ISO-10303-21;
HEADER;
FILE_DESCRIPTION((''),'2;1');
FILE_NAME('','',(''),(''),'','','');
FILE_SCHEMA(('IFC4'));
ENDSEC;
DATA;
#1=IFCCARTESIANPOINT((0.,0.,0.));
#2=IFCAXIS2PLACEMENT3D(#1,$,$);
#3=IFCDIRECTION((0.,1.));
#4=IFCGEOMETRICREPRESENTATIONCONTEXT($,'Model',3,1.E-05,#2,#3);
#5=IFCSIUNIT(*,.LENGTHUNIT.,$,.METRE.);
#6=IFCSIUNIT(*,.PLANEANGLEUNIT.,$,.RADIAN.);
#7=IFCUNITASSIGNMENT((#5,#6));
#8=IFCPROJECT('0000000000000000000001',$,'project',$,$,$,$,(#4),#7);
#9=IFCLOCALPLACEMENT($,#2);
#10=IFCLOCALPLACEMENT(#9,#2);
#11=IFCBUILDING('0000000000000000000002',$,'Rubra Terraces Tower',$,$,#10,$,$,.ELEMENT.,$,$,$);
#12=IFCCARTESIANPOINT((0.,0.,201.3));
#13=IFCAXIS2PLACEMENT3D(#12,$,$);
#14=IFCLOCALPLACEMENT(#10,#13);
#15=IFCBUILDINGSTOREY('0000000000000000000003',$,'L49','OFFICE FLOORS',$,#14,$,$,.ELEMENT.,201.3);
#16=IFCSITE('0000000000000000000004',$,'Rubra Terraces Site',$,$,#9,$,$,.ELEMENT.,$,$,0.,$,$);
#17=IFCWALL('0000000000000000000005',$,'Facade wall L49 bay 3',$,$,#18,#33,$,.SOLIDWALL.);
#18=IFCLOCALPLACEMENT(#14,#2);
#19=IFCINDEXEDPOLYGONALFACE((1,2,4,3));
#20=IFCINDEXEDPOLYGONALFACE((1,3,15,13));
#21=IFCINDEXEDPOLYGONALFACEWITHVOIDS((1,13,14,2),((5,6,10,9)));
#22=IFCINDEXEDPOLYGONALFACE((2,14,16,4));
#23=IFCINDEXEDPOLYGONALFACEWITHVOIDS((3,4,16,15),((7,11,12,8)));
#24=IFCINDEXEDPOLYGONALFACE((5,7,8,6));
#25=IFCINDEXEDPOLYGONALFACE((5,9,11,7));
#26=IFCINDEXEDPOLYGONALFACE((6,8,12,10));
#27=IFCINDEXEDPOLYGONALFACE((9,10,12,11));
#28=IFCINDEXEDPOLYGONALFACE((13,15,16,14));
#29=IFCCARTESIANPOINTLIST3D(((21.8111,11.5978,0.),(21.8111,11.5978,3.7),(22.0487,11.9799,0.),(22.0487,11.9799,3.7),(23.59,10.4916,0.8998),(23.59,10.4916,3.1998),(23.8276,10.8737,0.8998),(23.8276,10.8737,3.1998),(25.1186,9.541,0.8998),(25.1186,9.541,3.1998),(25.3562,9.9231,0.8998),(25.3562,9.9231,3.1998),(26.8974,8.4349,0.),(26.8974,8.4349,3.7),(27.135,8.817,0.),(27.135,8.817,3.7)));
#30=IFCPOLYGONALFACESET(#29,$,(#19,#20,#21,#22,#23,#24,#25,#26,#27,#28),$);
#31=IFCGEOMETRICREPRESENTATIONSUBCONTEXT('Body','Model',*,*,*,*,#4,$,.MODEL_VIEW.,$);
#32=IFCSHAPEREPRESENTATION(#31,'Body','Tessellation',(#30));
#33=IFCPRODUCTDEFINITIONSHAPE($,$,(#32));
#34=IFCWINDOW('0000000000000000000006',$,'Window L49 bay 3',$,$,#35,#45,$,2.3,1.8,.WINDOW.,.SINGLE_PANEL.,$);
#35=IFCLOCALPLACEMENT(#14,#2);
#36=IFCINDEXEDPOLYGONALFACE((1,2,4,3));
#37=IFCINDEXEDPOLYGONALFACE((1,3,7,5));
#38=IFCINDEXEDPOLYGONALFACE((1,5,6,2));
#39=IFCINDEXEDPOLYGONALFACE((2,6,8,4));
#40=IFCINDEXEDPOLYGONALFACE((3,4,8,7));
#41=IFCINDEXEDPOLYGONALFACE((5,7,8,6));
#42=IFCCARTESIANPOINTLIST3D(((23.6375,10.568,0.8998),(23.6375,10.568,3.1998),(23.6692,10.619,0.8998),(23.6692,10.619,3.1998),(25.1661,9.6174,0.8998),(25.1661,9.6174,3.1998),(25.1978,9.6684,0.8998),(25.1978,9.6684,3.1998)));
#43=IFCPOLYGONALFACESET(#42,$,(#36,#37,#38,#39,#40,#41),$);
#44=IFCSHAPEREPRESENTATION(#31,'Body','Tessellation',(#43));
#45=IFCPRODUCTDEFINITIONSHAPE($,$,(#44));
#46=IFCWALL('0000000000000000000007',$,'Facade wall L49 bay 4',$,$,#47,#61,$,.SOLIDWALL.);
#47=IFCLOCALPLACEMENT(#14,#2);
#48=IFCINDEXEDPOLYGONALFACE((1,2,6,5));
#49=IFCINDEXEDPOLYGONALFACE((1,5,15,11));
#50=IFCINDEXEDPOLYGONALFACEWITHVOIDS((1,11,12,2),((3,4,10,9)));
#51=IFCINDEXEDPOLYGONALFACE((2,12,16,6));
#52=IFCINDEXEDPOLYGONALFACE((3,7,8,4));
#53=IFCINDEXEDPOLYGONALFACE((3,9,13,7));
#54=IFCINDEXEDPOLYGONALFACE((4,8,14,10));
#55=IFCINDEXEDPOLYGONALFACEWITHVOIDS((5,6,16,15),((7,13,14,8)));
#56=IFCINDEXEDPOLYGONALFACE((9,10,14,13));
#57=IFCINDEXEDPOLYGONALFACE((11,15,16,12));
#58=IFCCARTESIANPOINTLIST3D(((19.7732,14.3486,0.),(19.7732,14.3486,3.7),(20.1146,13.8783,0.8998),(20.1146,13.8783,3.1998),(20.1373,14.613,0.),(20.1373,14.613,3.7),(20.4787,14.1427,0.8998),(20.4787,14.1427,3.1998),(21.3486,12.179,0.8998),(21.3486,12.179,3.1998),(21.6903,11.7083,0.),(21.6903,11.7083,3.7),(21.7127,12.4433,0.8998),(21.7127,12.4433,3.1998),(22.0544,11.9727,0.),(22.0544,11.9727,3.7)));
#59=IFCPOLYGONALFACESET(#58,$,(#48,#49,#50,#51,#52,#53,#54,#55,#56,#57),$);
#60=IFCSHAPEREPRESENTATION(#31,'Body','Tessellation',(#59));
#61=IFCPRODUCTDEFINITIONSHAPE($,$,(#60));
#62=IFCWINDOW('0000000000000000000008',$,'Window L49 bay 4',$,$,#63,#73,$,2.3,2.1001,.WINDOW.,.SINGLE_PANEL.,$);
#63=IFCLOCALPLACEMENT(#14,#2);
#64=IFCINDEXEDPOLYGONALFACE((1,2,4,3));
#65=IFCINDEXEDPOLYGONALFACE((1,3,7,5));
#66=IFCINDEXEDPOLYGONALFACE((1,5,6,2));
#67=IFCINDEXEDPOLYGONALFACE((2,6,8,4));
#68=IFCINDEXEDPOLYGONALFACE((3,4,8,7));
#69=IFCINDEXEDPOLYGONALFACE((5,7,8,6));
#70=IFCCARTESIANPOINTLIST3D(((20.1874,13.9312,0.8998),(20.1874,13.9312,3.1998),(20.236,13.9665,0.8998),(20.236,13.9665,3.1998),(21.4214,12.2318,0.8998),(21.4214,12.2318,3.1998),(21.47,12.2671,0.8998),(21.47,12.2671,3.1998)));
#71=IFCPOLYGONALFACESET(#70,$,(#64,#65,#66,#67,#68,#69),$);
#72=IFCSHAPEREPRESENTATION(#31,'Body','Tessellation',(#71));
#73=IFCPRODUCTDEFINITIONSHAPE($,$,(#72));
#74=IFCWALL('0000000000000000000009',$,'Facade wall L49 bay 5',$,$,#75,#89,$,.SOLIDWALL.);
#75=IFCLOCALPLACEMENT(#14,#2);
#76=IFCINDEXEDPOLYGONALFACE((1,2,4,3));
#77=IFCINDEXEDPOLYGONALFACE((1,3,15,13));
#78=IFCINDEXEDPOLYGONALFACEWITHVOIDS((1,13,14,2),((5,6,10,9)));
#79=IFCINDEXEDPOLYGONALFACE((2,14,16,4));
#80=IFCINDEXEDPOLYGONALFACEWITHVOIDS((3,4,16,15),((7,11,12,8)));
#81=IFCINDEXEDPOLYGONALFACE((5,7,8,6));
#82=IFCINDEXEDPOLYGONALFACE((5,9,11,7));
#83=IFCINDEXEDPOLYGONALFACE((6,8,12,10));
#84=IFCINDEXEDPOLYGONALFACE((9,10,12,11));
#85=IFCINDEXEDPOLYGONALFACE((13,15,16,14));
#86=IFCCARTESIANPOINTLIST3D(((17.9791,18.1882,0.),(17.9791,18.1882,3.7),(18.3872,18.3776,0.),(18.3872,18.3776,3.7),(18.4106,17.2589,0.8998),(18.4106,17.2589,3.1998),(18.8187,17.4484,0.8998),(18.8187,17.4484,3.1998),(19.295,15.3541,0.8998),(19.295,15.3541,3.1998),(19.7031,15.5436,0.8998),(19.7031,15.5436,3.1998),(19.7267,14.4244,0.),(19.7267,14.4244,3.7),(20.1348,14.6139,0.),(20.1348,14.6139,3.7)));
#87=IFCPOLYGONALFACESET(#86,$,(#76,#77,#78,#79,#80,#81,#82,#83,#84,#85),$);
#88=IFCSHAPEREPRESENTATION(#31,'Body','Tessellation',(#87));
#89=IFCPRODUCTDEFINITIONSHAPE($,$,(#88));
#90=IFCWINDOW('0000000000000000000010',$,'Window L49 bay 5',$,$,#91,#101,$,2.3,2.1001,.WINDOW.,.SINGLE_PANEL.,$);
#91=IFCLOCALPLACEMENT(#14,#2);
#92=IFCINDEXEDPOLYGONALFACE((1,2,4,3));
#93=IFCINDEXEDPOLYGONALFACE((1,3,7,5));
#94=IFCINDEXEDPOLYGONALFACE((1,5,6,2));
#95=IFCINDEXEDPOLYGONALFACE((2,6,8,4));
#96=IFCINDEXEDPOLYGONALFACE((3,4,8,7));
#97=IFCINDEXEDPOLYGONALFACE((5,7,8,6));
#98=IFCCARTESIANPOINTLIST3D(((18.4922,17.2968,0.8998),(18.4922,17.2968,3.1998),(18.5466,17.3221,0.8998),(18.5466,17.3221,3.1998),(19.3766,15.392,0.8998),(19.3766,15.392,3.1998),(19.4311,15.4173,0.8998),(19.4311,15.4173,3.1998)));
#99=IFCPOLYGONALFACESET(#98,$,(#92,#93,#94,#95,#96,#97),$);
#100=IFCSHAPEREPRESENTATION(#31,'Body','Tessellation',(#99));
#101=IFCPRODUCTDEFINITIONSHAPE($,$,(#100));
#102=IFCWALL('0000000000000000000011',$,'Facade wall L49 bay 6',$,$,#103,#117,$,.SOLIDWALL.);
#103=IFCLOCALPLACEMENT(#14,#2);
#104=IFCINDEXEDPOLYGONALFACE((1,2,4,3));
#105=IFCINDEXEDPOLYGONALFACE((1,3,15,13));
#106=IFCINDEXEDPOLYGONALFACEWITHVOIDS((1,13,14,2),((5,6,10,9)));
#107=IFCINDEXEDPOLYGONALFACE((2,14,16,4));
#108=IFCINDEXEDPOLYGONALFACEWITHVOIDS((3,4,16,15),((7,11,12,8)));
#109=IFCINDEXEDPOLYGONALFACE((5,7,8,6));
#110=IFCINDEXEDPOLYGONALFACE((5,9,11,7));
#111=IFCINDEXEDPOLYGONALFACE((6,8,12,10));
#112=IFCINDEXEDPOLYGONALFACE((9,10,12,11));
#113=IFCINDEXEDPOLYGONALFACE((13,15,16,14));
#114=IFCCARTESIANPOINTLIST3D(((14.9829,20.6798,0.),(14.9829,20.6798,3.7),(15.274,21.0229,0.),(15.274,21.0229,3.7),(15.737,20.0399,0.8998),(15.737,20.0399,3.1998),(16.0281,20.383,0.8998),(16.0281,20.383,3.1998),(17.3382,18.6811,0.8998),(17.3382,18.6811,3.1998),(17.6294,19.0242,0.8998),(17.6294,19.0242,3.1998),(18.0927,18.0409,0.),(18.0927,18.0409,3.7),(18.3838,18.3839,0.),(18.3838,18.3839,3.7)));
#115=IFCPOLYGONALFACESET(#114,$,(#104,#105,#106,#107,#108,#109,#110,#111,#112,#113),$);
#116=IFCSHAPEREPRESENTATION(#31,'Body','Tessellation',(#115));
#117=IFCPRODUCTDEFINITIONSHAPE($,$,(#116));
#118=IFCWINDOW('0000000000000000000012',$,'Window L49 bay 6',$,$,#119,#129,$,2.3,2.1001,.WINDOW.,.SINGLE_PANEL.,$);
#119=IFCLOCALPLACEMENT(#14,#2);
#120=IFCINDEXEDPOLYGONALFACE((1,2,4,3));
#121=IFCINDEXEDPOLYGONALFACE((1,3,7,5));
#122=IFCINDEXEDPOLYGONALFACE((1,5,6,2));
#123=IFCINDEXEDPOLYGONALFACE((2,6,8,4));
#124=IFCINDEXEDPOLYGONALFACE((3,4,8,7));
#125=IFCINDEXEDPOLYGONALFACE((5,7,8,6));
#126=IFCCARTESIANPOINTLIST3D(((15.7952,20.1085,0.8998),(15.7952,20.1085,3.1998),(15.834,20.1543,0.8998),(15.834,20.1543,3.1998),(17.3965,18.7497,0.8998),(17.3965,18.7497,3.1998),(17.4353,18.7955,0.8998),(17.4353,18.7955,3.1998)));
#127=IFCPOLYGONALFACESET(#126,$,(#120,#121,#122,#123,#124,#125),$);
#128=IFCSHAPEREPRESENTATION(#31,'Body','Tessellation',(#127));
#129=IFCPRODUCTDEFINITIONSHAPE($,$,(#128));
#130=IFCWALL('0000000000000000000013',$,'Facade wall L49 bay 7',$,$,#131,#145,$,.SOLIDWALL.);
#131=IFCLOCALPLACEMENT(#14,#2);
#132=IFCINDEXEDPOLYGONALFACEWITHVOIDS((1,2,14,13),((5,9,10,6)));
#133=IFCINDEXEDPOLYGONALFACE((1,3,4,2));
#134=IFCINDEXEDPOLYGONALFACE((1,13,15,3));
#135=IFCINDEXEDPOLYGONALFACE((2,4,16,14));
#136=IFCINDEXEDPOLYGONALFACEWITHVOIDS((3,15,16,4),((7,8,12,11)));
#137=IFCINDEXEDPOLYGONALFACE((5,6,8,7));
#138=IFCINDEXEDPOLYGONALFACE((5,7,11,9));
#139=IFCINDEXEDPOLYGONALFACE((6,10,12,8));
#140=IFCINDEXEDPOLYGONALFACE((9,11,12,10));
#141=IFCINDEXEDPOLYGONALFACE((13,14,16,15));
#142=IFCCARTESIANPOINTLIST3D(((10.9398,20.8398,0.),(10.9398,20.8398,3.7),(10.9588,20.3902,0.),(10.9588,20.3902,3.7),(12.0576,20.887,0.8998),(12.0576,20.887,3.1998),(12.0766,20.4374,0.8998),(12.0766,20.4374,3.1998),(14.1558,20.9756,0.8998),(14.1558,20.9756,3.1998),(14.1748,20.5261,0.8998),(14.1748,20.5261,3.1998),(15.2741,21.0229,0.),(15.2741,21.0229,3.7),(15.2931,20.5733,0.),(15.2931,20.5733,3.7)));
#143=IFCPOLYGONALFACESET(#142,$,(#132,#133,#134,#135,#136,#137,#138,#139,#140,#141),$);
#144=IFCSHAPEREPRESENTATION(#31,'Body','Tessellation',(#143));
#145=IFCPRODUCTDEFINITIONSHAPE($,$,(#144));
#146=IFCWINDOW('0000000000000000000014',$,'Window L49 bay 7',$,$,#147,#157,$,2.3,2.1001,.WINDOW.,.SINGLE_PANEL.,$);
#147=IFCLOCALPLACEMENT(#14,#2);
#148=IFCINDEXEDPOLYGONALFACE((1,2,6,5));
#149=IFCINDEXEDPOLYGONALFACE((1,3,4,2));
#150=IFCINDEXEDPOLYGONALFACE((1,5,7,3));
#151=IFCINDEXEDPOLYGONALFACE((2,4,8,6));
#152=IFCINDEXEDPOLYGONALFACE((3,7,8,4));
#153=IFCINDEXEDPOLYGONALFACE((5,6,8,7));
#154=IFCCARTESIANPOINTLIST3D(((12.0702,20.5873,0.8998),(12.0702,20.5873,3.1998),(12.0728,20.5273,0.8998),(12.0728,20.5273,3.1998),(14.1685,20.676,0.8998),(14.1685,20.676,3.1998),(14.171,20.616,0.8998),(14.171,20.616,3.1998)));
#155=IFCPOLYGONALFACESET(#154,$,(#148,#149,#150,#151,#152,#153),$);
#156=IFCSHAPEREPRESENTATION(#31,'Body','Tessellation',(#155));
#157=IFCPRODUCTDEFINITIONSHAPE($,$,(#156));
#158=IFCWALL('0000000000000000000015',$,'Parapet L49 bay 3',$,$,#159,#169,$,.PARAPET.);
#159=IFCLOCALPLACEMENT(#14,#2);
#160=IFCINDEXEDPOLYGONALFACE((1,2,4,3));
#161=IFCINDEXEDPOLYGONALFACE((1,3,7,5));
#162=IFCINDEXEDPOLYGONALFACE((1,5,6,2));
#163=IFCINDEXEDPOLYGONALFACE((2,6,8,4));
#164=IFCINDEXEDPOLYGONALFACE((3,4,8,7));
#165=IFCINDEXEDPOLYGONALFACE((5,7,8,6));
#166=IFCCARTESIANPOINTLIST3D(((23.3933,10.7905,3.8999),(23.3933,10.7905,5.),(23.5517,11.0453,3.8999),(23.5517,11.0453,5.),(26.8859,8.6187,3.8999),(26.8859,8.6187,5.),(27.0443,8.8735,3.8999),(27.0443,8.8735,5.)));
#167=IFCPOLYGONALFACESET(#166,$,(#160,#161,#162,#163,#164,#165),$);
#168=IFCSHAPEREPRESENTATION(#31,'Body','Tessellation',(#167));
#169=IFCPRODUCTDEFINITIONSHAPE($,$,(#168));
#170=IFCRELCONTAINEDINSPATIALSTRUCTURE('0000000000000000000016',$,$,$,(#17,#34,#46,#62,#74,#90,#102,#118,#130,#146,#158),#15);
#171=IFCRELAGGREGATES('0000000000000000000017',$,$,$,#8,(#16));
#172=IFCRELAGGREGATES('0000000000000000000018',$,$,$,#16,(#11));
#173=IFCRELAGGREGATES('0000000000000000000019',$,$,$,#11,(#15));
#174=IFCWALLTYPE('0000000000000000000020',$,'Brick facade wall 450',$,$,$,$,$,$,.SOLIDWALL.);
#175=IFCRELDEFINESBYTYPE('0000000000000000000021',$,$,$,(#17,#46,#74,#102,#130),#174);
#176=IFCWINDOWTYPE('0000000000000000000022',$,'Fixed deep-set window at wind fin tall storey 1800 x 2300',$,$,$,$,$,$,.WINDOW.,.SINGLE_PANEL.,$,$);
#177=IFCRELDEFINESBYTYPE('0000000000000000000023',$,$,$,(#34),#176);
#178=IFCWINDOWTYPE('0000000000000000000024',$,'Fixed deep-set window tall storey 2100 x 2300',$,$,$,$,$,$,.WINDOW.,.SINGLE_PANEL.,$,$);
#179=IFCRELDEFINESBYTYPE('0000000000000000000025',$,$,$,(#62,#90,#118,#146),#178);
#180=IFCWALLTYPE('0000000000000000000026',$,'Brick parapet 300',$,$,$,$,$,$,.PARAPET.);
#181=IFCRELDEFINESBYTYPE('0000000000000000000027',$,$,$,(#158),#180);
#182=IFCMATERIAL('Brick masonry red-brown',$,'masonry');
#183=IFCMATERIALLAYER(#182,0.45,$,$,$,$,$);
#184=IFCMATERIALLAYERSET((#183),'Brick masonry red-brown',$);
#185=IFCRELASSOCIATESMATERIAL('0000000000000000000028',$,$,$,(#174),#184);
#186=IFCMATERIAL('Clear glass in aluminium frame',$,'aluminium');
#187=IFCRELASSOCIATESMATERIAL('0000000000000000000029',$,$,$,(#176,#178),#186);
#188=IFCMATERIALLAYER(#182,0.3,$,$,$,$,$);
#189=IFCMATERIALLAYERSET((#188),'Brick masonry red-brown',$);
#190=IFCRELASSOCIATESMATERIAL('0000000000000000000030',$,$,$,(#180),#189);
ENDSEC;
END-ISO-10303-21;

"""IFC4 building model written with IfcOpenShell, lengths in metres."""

from ifc_helpers import new_model, si_unit, direction, frame, frame_2d, origin, place, context, subcontext, project, spatial, rectangle, extrude, material, layer, layer_set, type_object, element, fill, save


model = new_model("IFC4")

# Units and contexts
model_context = context("Model", 3, precision=1e-05, world=origin(), true_north=direction((0.0, 1.0)))
body_context = subcontext(model_context, "Body", "Model", "MODEL_VIEW")
ifc_project = project(units=[si_unit("LENGTHUNIT", "METRE"), si_unit("PLANEANGLEUNIT", "RADIAN")], contexts=[model_context])

# Site, building, storey
site_placement = place(None, origin())
site = spatial("IfcSite", under=ifc_project, at=site_placement, Name="Rubra Terraces Site", CompositionType="ELEMENT", RefElevation=0.0)
building_placement = place(site_placement, origin())
building = spatial("IfcBuilding", under=site, at=building_placement, Name="Rubra Terraces Tower", CompositionType="ELEMENT")
storey_placement = place(building_placement, frame((0.0, 0.0, 201.3)))
storey = spatial("IfcBuildingStorey", under=building, at=storey_placement, Name="L49", Description="OFFICE FLOORS", CompositionType="ELEMENT", Elevation=201.3)

# Walls, openings, windows
ifc_material_1 = material(Name="Brick masonry red-brown", Category="masonry")
ifc_layer_1 = layer(ifc_material_1, 0.45)
ifc_layer_set_1 = layer_set([ifc_layer_1], Name="Brick masonry red-brown")
wall_type_1 = type_object("IfcWallType", Name="Brick facade wall 450", PredefinedType="SOLIDWALL", material=ifc_layer_set_1)
wall_1_placement = place(storey_placement, frame((27.0161, 8.626, 0.0), z_axis=(0.0, 0.0, 1.0), x_axis=(-0.849198, 0.528074, 0.0)))
wall_1 = element("IfcWall", 1, at=wall_1_placement, inside=storey, type_object=wall_type_1, Name="Facade wall L49 bay 3", PredefinedType="SOLIDWALL", context=body_context, shape_type="SweptSolid", body=[
    extrude(rectangle(XDim=5.9895, YDim=0.45, at=frame_2d((2.9946, 0.0))), origin(), (0.0, 0.0, 1.0), 3.7),
])
opening_1_placement = place(wall_1_placement, frame((2.0947, 0.0, 0.8999)))
opening_1 = element("IfcOpeningElement", 2, at=opening_1_placement, cuts=wall_1, PredefinedType="OPENING", context=body_context, shape_type="SweptSolid", body=[
    extrude(rectangle(XDim=1.8, YDim=2.3, at=frame_2d((0.8999, 1.1499))), frame((0.0, 0.2349, 0.0), z_axis=(0.0, -1.0, 0.0), x_axis=(1.0, 0.0, 0.0)), (0.0, 0.0, 1.0), 0.47),
])
ifc_material_2 = material(Name="Clear glass in aluminium frame", Category="aluminium")
window_type_1 = type_object("IfcWindowType", Name="Fixed deep-set window at wind fin tall storey 1800 x 2300", PartitioningType="SINGLE_PANEL", PredefinedType="WINDOW", material=ifc_material_2)
window_1_placement = place(opening_1_placement, origin())
window_1 = element("IfcWindow", 3, at=window_1_placement, inside=storey, type_object=window_type_1, Name="Window L49 bay 3", OverallHeight=2.3, OverallWidth=1.8, PartitioningType="SINGLE_PANEL", PredefinedType="WINDOW", context=body_context, shape_type="SweptSolid", body=[
    extrude(rectangle(XDim=1.8, YDim=2.3, at=frame_2d((0.8999, 1.1499))), frame((0.0, 0.135, 0.0), z_axis=(0.0, -1.0, 0.0), x_axis=(1.0, 0.0, 0.0)), (0.0, 0.0, 1.0), 0.0601),
])
fill(opening_1, window_1)
wall_2_placement = place(storey_placement, frame((21.8723, 11.8406, 0.0), z_axis=(0.0, 0.0, 1.0), x_axis=(-0.587562, 0.809179, 0.0)))
wall_2 = element("IfcWall", 4, at=wall_2_placement, inside=storey, type_object=wall_type_1, Name="Facade wall L49 bay 4", PredefinedType="SOLIDWALL", context=body_context, shape_type="SweptSolid", body=[
    extrude(rectangle(XDim=3.2629, YDim=0.45, at=frame_2d((1.6313, 0.0))), origin(), (0.0, 0.0, 1.0), 3.7),
])
opening_2_placement = place(wall_2_placement, frame((0.5815, 0.0, 0.8999)))
opening_2 = element("IfcOpeningElement", 5, at=opening_2_placement, cuts=wall_2, PredefinedType="OPENING", context=body_context, shape_type="SweptSolid", body=[
    extrude(rectangle(XDim=2.1001, YDim=2.3, at=frame_2d((1.05, 1.1499))), frame((0.0, 0.2349, 0.0), z_axis=(0.0, -1.0, 0.0), x_axis=(1.0, 0.0, 0.0)), (0.0, 0.0, 1.0), 0.47),
])
window_type_2 = type_object("IfcWindowType", Name="Fixed deep-set window tall storey 2100 x 2300", PartitioningType="SINGLE_PANEL", PredefinedType="WINDOW", material=ifc_material_2)
window_2_placement = place(opening_2_placement, origin())
window_2 = element("IfcWindow", 6, at=window_2_placement, inside=storey, type_object=window_type_2, Name="Window L49 bay 4", OverallHeight=2.3, OverallWidth=2.1001, PartitioningType="SINGLE_PANEL", PredefinedType="WINDOW", context=body_context, shape_type="SweptSolid", body=[
    extrude(rectangle(XDim=2.1001, YDim=2.3, at=frame_2d((1.05, 1.1499))), frame((0.0, 0.135, 0.0), z_axis=(0.0, -1.0, 0.0), x_axis=(1.0, 0.0, 0.0)), (0.0, 0.0, 1.0), 0.0601),
])
fill(opening_2, window_2)
wall_3_placement = place(storey_placement, frame((19.9307, 14.5193, 0.0), z_axis=(0.0, 0.0, 1.0), x_axis=(-0.421139, 0.906996, 0.0)))
wall_3 = element("IfcWall", 7, at=wall_3_placement, inside=storey, type_object=wall_type_1, Name="Facade wall L49 bay 5", PredefinedType="SOLIDWALL", context=body_context, shape_type="SweptSolid", body=[
    extrude(rectangle(XDim=4.1497, YDim=0.45, at=frame_2d((2.0747, 0.0))), origin(), (0.0, 0.0, 1.0), 3.7),
])
opening_3_placement = place(wall_3_placement, frame((1.0249, 0.0, 0.8999)))
opening_3 = element("IfcOpeningElement", 8, at=opening_3_placement, cuts=wall_3, PredefinedType="OPENING", context=body_context, shape_type="SweptSolid", body=[
    extrude(rectangle(XDim=2.1001, YDim=2.3, at=frame_2d((1.05, 1.1499))), frame((0.0, 0.2349, 0.0), z_axis=(0.0, -1.0, 0.0), x_axis=(1.0, 0.0, 0.0)), (0.0, 0.0, 1.0), 0.47),
])
window_3_placement = place(opening_3_placement, origin())
window_3 = element("IfcWindow", 9, at=window_3_placement, inside=storey, type_object=window_type_2, Name="Window L49 bay 5", OverallHeight=2.3, OverallWidth=2.1001, PartitioningType="SINGLE_PANEL", PredefinedType="WINDOW", context=body_context, shape_type="SweptSolid", body=[
    extrude(rectangle(XDim=2.1001, YDim=2.3, at=frame_2d((1.05, 1.1499))), frame((0.0, 0.135, 0.0), z_axis=(0.0, -1.0, 0.0), x_axis=(1.0, 0.0, 0.0)), (0.0, 0.0, 1.0), 0.0601),
])
fill(opening_3, window_3)
wall_4_placement = place(storey_placement, frame((18.2383, 18.2124, 0.0), z_axis=(0.0, 0.0, 1.0), x_axis=(-0.76248, 0.647012, 0.0)))
wall_4 = element("IfcWall", 10, at=wall_4_placement, inside=storey, type_object=wall_type_1, Name="Facade wall L49 bay 6", PredefinedType="SOLIDWALL", context=body_context, shape_type="SweptSolid", body=[
    extrude(rectangle(XDim=4.0786, YDim=0.45, at=frame_2d((2.0393, 0.0))), origin(), (0.0, 0.0, 1.0), 3.7),
])
opening_4_placement = place(wall_4_placement, frame((0.9895, 0.0, 0.8999)))
opening_4 = element("IfcOpeningElement", 11, at=opening_4_placement, cuts=wall_4, PredefinedType="OPENING", context=body_context, shape_type="SweptSolid", body=[
    extrude(rectangle(XDim=2.1001, YDim=2.3, at=frame_2d((1.05, 1.1499))), frame((0.0, 0.2349, 0.0), z_axis=(0.0, -1.0, 0.0), x_axis=(1.0, 0.0, 0.0)), (0.0, 0.0, 1.0), 0.47),
])
window_4_placement = place(opening_4_placement, origin())
window_4 = element("IfcWindow", 12, at=window_4_placement, inside=storey, type_object=window_type_2, Name="Window L49 bay 6", OverallHeight=2.3, OverallWidth=2.1001, PartitioningType="SINGLE_PANEL", PredefinedType="WINDOW", context=body_context, shape_type="SweptSolid", body=[
    extrude(rectangle(XDim=2.1001, YDim=2.3, at=frame_2d((1.05, 1.1499))), frame((0.0, 0.135, 0.0), z_axis=(0.0, -1.0, 0.0), x_axis=(1.0, 0.0, 0.0)), (0.0, 0.0, 1.0), 0.0601),
])
fill(opening_4, window_4)
wall_5_placement = place(storey_placement, frame((15.2834, 20.7981, 0.0), z_axis=(0.0, 0.0, 1.0), x_axis=(-0.999109, -0.042209, 0.0)))
wall_5 = element("IfcWall", 13, at=wall_5_placement, inside=storey, type_object=wall_type_1, Name="Facade wall L49 bay 7", PredefinedType="SOLIDWALL", context=body_context, shape_type="SweptSolid", body=[
    extrude(rectangle(XDim=4.3381, YDim=0.45, at=frame_2d((2.1689, 0.0))), origin(), (0.0, 0.0, 1.0), 3.7),
])
opening_5_placement = place(wall_5_placement, frame((1.1191, 0.0, 0.8999)))
opening_5 = element("IfcOpeningElement", 14, at=opening_5_placement, cuts=wall_5, PredefinedType="OPENING", context=body_context, shape_type="SweptSolid", body=[
    extrude(rectangle(XDim=2.1001, YDim=2.3, at=frame_2d((1.05, 1.1499))), frame((0.0, 0.2349, 0.0), z_axis=(0.0, -1.0, 0.0), x_axis=(1.0, 0.0, 0.0)), (0.0, 0.0, 1.0), 0.47),
])
window_5_placement = place(opening_5_placement, origin())
window_5 = element("IfcWindow", 15, at=window_5_placement, inside=storey, type_object=window_type_2, Name="Window L49 bay 7", OverallHeight=2.3, OverallWidth=2.1001, PartitioningType="SINGLE_PANEL", PredefinedType="WINDOW", context=body_context, shape_type="SweptSolid", body=[
    extrude(rectangle(XDim=2.1001, YDim=2.3, at=frame_2d((1.05, 1.1499))), frame((0.0, 0.135, 0.0), z_axis=(0.0, -1.0, 0.0), x_axis=(1.0, 0.0, 0.0)), (0.0, 0.0, 1.0), 0.0601),
])
fill(opening_5, window_5)

# Wall
ifc_layer_2 = layer(ifc_material_1, 0.3)
ifc_layer_set_2 = layer_set([ifc_layer_2], Name="Brick masonry red-brown")
wall_type_2 = type_object("IfcWallType", Name="Brick parapet 300", PredefinedType="PARAPET", material=ifc_layer_set_2)
wall_6_placement = place(storey_placement, frame((26.9651, 8.7461, 3.8999), z_axis=(0.0, 0.0, 1.0), x_axis=(-0.849203, 0.528066, 0.0)))
element("IfcWall", 16, at=wall_6_placement, inside=storey, type_object=wall_type_2, Name="Parapet L49 bay 3", PredefinedType="PARAPET", context=body_context, shape_type="SweptSolid", body=[
    extrude(rectangle(XDim=4.1128, YDim=0.3, at=frame_2d((2.0564, 0.0))), origin(), (0.0, 0.0, 1.0), 1.1001),
])

save(model, "model.ifc")
